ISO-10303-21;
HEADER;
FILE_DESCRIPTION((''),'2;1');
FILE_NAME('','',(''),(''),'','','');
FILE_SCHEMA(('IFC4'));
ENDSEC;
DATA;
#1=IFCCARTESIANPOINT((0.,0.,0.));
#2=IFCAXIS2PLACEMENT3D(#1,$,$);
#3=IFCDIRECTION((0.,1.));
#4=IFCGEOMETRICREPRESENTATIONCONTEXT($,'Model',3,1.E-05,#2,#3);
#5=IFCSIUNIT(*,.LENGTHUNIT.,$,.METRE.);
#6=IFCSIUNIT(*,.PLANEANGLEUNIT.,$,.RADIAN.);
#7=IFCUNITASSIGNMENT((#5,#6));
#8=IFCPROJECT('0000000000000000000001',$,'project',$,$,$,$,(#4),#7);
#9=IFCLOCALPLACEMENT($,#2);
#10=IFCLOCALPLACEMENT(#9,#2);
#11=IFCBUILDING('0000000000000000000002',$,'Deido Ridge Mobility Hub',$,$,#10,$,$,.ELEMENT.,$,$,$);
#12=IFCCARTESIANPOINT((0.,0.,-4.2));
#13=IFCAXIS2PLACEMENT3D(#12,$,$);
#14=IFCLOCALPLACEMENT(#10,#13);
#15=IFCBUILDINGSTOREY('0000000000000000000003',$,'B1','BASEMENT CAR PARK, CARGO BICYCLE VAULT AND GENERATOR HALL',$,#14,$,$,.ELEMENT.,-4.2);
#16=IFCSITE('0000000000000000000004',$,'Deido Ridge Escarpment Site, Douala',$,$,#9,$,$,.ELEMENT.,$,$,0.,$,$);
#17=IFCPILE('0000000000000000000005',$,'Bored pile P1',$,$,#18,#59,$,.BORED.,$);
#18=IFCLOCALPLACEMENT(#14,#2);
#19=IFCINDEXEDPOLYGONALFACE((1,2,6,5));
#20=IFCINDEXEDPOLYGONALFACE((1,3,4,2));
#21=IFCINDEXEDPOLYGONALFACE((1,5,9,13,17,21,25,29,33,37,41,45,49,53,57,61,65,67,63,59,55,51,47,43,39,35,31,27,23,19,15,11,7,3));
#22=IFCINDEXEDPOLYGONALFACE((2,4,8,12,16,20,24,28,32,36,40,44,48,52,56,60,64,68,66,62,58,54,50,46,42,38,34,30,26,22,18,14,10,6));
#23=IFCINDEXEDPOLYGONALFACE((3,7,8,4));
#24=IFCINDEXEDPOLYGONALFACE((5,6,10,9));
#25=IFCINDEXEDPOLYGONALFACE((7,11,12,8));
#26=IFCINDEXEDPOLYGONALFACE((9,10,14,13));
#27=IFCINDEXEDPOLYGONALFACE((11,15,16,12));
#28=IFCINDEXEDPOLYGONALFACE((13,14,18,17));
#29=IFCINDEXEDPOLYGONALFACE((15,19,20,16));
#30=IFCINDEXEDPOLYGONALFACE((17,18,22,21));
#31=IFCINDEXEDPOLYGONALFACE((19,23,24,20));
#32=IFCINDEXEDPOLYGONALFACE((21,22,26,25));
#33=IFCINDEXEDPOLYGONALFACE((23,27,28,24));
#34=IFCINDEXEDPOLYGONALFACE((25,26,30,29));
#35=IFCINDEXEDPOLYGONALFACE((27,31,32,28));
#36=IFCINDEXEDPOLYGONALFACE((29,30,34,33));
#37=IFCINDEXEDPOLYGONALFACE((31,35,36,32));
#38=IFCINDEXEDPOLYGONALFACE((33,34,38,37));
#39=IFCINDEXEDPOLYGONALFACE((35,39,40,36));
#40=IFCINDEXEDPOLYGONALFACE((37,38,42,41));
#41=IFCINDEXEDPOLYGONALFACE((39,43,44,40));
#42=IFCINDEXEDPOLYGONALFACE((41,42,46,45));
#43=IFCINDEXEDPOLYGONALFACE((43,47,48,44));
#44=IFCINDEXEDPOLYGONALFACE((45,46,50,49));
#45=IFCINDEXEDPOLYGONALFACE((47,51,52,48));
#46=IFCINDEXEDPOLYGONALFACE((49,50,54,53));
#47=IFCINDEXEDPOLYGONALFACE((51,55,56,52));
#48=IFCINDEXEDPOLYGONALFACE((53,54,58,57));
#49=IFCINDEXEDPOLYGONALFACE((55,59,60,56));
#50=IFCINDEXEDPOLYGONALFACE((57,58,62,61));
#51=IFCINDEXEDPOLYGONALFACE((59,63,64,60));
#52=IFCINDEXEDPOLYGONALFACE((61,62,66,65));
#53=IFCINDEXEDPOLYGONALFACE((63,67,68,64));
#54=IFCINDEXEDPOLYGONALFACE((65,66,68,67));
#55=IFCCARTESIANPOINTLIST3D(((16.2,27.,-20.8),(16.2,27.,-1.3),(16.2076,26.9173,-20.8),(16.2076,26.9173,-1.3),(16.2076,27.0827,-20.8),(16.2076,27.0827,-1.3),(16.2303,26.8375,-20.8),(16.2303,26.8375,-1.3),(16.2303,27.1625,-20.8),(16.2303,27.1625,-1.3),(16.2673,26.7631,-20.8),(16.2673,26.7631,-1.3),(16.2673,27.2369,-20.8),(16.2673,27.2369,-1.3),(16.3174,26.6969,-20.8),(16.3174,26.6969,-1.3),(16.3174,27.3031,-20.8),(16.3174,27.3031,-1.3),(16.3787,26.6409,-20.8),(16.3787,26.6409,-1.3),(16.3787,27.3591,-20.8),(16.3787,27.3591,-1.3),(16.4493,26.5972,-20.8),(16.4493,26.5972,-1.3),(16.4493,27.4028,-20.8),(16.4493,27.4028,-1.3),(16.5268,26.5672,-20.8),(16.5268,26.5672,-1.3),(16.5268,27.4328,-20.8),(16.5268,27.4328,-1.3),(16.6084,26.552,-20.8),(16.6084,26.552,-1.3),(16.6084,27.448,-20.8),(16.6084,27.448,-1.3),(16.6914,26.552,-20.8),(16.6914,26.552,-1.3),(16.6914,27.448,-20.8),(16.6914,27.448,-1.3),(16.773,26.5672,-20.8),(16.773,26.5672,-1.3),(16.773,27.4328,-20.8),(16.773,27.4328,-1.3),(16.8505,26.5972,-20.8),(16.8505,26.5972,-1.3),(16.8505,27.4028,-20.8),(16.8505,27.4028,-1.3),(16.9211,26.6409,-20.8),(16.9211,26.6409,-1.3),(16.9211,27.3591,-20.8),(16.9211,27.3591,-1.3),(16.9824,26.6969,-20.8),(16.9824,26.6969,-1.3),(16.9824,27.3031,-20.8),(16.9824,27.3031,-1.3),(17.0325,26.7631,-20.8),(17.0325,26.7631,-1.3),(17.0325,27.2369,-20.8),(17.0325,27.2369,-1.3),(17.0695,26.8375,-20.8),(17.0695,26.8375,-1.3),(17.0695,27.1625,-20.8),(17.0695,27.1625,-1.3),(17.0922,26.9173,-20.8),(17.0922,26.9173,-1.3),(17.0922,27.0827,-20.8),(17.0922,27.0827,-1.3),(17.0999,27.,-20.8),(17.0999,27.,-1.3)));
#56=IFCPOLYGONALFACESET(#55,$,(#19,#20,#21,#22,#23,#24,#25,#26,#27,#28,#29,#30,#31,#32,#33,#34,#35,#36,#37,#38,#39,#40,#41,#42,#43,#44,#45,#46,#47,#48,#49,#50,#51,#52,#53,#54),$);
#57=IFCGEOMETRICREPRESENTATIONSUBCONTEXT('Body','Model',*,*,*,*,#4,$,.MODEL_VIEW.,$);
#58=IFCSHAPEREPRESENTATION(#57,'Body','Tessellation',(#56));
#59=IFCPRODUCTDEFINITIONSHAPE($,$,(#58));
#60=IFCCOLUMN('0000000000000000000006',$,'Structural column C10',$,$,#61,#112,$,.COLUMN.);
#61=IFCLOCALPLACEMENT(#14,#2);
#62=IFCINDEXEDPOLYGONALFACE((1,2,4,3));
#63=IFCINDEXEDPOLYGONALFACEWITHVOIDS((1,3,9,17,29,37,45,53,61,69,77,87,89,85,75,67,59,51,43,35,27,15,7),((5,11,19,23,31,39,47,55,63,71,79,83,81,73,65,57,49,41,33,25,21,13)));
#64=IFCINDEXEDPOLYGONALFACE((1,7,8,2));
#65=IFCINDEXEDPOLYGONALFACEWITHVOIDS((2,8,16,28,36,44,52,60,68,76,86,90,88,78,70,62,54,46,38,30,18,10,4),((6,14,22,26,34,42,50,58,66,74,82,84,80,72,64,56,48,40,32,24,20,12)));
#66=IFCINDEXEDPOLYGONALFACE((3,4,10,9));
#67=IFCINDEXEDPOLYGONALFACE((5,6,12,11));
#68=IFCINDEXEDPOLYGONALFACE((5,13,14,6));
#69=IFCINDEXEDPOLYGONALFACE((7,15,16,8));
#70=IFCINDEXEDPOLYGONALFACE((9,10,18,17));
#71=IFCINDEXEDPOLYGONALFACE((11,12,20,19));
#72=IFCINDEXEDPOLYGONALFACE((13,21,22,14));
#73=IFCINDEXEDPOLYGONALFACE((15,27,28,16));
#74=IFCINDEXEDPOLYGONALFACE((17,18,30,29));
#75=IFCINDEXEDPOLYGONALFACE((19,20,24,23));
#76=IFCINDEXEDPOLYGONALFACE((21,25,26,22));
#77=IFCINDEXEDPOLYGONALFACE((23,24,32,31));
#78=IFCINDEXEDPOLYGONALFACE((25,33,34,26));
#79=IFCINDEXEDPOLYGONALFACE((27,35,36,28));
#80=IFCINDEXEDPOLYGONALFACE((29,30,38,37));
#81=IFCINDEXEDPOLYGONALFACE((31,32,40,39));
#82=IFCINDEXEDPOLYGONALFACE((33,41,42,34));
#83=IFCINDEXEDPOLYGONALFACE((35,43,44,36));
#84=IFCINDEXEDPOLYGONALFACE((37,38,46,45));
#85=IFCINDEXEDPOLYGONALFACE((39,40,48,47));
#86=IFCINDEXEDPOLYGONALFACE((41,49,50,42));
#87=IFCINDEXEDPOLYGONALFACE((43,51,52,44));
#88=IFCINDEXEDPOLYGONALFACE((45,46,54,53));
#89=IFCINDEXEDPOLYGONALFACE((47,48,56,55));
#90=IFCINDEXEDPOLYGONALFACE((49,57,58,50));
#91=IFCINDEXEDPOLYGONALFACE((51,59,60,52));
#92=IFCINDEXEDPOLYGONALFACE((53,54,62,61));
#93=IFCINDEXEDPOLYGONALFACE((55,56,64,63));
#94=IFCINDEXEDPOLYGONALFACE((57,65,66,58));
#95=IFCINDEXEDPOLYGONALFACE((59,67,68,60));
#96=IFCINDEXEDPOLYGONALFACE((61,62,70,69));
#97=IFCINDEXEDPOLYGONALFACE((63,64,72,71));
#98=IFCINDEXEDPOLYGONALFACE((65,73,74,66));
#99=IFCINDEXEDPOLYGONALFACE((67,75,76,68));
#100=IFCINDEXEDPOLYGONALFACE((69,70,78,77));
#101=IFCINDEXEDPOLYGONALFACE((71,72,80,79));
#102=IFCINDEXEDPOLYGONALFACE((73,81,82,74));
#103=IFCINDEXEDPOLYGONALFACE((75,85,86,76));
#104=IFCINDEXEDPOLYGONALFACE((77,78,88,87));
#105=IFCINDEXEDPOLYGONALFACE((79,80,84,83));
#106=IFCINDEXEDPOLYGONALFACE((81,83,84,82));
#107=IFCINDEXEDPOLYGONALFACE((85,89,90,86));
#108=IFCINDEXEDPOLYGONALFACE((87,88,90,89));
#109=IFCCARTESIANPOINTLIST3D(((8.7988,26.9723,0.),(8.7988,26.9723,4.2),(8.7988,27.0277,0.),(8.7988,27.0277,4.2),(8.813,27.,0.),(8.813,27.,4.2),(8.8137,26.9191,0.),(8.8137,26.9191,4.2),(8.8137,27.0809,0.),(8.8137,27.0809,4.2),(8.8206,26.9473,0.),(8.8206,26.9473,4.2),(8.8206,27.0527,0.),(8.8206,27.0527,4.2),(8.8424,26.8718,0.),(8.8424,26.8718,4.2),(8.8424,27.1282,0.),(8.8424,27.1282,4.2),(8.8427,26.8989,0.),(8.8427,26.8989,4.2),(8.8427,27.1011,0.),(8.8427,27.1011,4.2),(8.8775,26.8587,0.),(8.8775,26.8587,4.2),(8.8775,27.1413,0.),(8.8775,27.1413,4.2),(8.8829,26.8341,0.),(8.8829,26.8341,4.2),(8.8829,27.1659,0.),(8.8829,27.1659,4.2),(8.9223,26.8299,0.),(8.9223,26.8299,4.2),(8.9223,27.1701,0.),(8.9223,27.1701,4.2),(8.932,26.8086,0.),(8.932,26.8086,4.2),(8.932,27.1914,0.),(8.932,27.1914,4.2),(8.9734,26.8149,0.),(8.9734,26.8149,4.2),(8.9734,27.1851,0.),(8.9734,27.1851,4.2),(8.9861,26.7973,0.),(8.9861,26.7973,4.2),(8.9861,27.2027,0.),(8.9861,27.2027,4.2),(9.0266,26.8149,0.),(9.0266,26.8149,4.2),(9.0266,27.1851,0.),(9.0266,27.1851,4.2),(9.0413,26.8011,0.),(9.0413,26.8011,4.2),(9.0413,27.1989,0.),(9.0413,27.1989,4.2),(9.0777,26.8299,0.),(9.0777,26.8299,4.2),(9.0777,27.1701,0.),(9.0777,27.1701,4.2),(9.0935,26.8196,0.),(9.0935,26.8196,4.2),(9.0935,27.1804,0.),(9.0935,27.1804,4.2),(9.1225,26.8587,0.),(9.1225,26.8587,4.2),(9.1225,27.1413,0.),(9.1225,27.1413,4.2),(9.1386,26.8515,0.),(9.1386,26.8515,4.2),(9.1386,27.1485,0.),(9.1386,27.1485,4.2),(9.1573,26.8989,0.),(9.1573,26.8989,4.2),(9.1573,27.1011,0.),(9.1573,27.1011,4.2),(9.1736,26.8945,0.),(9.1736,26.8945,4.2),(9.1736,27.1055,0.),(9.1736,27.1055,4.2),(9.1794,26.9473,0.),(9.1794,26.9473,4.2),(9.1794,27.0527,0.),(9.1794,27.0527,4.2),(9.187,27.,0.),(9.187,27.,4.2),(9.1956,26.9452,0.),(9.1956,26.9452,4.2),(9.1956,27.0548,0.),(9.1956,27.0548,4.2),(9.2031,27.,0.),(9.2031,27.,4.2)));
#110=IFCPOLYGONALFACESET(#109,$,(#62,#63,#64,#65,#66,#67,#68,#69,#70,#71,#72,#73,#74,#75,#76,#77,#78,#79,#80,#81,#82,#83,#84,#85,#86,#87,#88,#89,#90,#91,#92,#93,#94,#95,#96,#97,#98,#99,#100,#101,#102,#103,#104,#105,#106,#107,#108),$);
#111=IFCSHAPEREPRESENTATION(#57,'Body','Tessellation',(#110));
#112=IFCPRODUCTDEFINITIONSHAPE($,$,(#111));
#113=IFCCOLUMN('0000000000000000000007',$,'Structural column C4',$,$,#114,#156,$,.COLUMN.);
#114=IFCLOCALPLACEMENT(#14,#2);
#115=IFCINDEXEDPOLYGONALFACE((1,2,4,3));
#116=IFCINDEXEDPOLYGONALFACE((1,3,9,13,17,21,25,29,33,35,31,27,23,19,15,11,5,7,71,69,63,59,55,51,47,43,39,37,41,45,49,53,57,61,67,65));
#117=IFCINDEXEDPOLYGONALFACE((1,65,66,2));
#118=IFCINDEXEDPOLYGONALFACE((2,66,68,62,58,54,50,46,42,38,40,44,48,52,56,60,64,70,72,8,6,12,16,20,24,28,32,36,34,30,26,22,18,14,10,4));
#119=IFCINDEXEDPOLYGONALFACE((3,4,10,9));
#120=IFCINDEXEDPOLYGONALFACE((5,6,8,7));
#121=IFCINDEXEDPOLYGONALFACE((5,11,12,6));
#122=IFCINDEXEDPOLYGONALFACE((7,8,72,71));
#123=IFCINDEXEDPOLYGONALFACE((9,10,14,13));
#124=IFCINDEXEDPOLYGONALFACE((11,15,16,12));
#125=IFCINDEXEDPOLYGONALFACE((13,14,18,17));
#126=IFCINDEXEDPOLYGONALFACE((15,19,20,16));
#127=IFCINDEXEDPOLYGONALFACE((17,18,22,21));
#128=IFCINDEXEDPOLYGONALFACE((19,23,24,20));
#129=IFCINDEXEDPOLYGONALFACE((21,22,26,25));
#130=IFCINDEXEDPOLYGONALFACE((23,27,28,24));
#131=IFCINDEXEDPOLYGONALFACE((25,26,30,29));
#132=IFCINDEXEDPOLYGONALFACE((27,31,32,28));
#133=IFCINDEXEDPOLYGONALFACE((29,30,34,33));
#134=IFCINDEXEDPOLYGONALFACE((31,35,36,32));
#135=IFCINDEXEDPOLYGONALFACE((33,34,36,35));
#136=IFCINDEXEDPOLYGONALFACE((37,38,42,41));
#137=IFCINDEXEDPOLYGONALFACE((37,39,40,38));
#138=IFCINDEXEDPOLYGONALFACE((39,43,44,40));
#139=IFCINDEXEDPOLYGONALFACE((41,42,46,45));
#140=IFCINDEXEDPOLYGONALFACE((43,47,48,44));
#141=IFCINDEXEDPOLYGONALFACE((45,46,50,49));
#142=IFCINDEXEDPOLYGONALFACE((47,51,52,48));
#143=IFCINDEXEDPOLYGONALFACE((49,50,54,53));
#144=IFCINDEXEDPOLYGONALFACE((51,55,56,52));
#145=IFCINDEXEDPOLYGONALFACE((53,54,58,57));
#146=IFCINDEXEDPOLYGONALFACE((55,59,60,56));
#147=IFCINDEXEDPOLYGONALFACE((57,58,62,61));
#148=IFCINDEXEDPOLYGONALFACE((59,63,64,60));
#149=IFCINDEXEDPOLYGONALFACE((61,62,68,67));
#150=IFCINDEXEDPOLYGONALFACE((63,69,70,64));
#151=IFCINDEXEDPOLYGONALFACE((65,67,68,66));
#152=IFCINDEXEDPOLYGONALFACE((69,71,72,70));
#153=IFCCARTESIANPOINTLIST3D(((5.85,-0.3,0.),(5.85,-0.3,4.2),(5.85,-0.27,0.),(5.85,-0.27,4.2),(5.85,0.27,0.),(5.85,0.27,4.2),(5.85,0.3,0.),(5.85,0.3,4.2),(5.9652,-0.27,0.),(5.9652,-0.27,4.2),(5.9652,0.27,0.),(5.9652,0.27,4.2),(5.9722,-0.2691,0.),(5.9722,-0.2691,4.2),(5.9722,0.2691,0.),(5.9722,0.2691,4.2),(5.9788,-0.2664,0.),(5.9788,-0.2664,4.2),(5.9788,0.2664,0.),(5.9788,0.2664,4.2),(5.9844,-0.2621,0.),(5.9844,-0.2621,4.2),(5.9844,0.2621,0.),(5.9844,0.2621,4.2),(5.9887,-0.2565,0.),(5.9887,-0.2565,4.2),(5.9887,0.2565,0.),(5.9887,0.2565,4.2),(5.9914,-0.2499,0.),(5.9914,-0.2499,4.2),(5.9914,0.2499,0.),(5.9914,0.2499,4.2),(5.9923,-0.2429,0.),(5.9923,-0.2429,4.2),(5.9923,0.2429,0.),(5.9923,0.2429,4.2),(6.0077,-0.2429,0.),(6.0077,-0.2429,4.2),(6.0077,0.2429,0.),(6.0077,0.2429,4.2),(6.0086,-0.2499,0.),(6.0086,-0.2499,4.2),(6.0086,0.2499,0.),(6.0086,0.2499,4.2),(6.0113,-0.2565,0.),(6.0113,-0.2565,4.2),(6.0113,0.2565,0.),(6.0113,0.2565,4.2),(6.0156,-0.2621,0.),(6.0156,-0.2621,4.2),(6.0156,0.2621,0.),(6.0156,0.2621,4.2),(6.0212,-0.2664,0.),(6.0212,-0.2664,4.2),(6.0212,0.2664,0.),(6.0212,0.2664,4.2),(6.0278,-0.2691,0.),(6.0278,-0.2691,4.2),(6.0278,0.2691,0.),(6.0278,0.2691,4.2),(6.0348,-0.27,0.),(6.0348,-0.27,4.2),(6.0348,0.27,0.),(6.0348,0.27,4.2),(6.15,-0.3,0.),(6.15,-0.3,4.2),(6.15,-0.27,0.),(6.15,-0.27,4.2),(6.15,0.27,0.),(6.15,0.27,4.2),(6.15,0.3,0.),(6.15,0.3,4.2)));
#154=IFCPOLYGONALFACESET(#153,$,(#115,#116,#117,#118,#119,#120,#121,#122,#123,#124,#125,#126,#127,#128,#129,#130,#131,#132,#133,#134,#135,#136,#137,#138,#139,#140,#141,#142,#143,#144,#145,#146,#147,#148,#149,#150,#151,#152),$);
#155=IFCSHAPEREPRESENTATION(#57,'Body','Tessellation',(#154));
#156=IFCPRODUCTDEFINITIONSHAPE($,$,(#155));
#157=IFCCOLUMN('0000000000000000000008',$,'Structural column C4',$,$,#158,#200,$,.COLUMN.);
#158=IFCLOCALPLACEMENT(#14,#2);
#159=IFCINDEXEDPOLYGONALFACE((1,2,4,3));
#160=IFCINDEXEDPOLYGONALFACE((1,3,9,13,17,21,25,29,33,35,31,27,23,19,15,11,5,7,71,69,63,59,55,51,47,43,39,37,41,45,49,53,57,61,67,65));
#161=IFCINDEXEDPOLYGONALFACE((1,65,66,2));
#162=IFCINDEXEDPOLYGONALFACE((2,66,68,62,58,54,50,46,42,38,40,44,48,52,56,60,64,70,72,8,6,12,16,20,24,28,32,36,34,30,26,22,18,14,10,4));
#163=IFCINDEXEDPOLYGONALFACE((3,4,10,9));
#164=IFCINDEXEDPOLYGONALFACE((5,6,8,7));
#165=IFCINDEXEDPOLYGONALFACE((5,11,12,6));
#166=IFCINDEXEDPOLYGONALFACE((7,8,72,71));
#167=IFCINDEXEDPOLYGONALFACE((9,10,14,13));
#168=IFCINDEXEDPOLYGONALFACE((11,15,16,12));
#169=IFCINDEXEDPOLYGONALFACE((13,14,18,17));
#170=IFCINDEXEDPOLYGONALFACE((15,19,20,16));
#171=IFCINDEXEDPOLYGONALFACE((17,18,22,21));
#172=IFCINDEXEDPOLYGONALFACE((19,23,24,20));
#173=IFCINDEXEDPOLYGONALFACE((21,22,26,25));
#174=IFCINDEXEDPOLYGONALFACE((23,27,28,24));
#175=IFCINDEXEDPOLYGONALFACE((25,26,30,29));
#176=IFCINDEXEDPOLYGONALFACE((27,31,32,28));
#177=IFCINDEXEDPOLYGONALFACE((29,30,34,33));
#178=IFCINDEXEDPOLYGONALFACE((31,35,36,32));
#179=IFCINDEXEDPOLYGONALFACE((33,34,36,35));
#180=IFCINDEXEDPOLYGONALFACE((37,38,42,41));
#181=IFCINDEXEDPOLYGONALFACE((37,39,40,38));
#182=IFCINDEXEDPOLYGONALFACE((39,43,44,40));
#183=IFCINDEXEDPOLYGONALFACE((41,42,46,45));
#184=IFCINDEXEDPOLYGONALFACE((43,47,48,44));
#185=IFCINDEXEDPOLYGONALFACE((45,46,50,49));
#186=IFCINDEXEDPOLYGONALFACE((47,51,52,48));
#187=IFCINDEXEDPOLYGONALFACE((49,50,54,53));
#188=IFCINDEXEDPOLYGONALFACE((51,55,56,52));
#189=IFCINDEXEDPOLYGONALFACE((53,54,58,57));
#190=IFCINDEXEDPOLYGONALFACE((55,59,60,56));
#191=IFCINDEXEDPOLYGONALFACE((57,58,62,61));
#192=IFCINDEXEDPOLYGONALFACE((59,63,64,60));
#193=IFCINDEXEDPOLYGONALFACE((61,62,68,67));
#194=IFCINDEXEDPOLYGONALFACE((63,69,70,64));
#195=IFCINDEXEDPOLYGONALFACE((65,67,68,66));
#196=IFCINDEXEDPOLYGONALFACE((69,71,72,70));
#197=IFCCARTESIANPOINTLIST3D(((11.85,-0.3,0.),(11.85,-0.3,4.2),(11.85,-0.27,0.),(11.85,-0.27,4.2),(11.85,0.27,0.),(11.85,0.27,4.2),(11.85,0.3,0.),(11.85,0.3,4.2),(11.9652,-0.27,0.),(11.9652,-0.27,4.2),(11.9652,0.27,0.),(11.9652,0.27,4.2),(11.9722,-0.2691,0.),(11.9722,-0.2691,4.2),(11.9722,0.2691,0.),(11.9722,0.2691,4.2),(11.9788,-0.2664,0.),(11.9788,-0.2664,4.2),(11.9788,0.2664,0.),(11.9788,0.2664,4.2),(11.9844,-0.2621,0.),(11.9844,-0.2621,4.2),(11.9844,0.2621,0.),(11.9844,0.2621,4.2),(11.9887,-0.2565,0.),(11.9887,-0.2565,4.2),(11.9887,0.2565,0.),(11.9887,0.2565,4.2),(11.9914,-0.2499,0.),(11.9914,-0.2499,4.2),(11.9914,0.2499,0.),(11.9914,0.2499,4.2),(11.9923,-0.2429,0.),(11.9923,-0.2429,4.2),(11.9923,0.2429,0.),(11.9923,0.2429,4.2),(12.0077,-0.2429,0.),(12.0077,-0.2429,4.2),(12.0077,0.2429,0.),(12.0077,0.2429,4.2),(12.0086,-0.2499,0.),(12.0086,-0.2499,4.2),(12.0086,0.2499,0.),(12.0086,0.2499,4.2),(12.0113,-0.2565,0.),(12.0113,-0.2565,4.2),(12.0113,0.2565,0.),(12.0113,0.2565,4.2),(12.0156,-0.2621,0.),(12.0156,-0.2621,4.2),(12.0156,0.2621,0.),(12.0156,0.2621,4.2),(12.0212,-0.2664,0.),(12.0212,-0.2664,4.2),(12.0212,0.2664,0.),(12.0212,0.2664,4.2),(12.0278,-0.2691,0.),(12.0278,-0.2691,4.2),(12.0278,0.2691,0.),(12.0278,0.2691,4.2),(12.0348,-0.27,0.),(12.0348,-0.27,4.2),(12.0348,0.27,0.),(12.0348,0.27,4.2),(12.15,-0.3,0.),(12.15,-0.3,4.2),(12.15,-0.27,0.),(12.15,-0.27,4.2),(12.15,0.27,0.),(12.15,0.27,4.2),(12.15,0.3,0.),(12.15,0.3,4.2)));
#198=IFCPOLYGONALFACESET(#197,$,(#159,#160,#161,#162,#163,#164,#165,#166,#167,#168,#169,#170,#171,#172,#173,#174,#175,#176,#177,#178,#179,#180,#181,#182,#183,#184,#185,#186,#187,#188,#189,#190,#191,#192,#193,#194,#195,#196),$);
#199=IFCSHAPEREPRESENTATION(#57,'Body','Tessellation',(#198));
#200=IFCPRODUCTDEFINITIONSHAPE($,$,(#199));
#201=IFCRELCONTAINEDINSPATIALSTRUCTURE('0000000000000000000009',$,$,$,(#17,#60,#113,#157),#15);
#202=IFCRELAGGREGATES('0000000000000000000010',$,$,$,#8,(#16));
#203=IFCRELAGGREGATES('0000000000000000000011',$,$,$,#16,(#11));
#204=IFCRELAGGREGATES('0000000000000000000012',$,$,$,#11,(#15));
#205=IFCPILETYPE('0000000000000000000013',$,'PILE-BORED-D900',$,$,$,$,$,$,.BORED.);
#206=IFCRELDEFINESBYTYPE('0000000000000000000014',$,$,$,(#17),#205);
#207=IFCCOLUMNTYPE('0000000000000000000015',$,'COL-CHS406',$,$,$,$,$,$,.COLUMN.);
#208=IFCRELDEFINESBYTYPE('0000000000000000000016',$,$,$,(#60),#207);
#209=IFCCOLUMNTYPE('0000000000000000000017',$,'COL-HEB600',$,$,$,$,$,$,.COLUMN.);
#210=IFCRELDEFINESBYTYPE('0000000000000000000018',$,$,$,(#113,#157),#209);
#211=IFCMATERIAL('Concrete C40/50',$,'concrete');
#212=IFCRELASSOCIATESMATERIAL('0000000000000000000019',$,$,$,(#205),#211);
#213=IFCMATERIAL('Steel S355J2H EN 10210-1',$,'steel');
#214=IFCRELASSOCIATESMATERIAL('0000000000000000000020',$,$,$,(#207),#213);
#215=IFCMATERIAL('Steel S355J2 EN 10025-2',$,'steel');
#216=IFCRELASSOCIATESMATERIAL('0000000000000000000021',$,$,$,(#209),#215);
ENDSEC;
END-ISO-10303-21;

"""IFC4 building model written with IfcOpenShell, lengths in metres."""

from ifc_helpers import new_model, si_unit, direction, frame, origin, origin_2d, place, context, subcontext, project, spatial, circle, hollow_circle, i_section, extrude, material, material_profile, profile_set, type_object, element, save


model = new_model("IFC4")

# Units and contexts
model_context = context("Model", 3, precision=1e-05, world=origin(), true_north=direction((0.0, 1.0)))
body_context = subcontext(model_context, "Body", "Model", "MODEL_VIEW")
ifc_project = project(units=[si_unit("LENGTHUNIT", "METRE"), si_unit("PLANEANGLEUNIT", "RADIAN")], contexts=[model_context])

# Site, building, storey
site_placement = place(None, origin())
site = spatial("IfcSite", under=ifc_project, at=site_placement, Name="Deido Ridge Escarpment Site, Douala", CompositionType="ELEMENT", RefElevation=0.0)
building_placement = place(site_placement, origin())
building = spatial("IfcBuilding", under=site, at=building_placement, Name="Deido Ridge Mobility Hub", CompositionType="ELEMENT")
storey_placement = place(building_placement, frame((0.0, 0.0, -4.2)))
storey = spatial("IfcBuildingStorey", under=building, at=storey_placement, Name="B1", Description="BASEMENT CAR PARK, CARGO BICYCLE VAULT AND GENERATOR HALL", CompositionType="ELEMENT", Elevation=-4.2)

# Shared definitions
ifc_material_1 = material(Name="Concrete C40/50", Category="concrete")

# Pile
ifc_material_profile_1 = material_profile(ifc_material_1, circle(Radius=0.45, at=origin_2d()), Name="BORED PILE D900")
ifc_profile_set_1 = profile_set([ifc_material_profile_1], Name="Concrete C40/50")
pile_type = type_object("IfcPileType", Name="PILE-BORED-D900", PredefinedType="BORED", material=ifc_profile_set_1)
pile_1_placement = place(storey_placement, frame((16.6499, 27.0, -1.3), z_axis=(0.0, 0.0, -1.0), x_axis=(1.0, 0.0, 0.0)))
element("IfcPile", 1, at=pile_1_placement, inside=storey, type_object=pile_type, Name="Bored pile P1", PredefinedType="BORED", context=body_context, shape_type="SweptSolid", body=[
    extrude(circle(Radius=0.45, at=origin_2d()), origin(), (0.0, 0.0, 1.0), 19.5),
])

# Columns
ifc_material_2 = material(Name="Steel S355J2H EN 10210-1", Category="steel")
ifc_material_profile_2 = material_profile(ifc_material_2, hollow_circle(Radius=0.2031, WallThickness=0.0161, at=origin_2d()), Name="CHS 406.4x16")
ifc_profile_set_2 = profile_set([ifc_material_profile_2], Name="Steel S355J2H EN 10210-1")
column_type_1 = type_object("IfcColumnType", Name="COL-CHS406", PredefinedType="COLUMN", material=ifc_profile_set_2)
column_placement = place(storey_placement, frame((9.0, 27.0, 0.0), z_axis=(0.0, 0.0, 1.0), x_axis=(1.0, 0.0, 0.0)))
element("IfcColumn", 2, at=column_placement, inside=storey, type_object=column_type_1, Name="Structural column C10", PredefinedType="COLUMN", context=body_context, shape_type="SweptSolid", body=[
    extrude(hollow_circle(Radius=0.2031, WallThickness=0.0161, at=origin_2d()), origin(), (0.0, 0.0, 1.0), 4.2),
])
ifc_material_3 = material(Name="Steel S355J2 EN 10025-2", Category="steel")
ifc_material_profile_3 = material_profile(ifc_material_3, i_section(OverallWidth=0.3, OverallDepth=0.6001, WebThickness=0.0154, FlangeThickness=0.03, FilletRadius=0.0271, at=origin_2d()), Name="HEB 600")
ifc_profile_set_3 = profile_set([ifc_material_profile_3], Name="Steel S355J2 EN 10025-2")
column_type_2 = type_object("IfcColumnType", Name="COL-HEB600", PredefinedType="COLUMN", material=ifc_profile_set_3)
for number, where, z_axis, x_axis, name in (
    (3, (6.0, 0.0, 0.0), (0.0, 0.0, 1.0), (1.0, 0.0, 0.0), "Structural column C4"),
    (4, (12.0, 0.0, 0.0), (0.0, 0.0, 1.0), (1.0, 0.0, 0.0), "Structural column C4"),
):
    element("IfcColumn", number, at=place(storey_placement, frame(where, z_axis=z_axis, x_axis=x_axis)), inside=storey, type_object=column_type_2, Name=name, PredefinedType="COLUMN", context=body_context, shape_type="SweptSolid", body=[
        extrude(i_section(OverallWidth=0.3, OverallDepth=0.6001, WebThickness=0.0154, FlangeThickness=0.03, FilletRadius=0.0271, at=origin_2d()), origin(), (0.0, 0.0, 1.0), 4.2),
    ])

save(model, "model.ifc")
